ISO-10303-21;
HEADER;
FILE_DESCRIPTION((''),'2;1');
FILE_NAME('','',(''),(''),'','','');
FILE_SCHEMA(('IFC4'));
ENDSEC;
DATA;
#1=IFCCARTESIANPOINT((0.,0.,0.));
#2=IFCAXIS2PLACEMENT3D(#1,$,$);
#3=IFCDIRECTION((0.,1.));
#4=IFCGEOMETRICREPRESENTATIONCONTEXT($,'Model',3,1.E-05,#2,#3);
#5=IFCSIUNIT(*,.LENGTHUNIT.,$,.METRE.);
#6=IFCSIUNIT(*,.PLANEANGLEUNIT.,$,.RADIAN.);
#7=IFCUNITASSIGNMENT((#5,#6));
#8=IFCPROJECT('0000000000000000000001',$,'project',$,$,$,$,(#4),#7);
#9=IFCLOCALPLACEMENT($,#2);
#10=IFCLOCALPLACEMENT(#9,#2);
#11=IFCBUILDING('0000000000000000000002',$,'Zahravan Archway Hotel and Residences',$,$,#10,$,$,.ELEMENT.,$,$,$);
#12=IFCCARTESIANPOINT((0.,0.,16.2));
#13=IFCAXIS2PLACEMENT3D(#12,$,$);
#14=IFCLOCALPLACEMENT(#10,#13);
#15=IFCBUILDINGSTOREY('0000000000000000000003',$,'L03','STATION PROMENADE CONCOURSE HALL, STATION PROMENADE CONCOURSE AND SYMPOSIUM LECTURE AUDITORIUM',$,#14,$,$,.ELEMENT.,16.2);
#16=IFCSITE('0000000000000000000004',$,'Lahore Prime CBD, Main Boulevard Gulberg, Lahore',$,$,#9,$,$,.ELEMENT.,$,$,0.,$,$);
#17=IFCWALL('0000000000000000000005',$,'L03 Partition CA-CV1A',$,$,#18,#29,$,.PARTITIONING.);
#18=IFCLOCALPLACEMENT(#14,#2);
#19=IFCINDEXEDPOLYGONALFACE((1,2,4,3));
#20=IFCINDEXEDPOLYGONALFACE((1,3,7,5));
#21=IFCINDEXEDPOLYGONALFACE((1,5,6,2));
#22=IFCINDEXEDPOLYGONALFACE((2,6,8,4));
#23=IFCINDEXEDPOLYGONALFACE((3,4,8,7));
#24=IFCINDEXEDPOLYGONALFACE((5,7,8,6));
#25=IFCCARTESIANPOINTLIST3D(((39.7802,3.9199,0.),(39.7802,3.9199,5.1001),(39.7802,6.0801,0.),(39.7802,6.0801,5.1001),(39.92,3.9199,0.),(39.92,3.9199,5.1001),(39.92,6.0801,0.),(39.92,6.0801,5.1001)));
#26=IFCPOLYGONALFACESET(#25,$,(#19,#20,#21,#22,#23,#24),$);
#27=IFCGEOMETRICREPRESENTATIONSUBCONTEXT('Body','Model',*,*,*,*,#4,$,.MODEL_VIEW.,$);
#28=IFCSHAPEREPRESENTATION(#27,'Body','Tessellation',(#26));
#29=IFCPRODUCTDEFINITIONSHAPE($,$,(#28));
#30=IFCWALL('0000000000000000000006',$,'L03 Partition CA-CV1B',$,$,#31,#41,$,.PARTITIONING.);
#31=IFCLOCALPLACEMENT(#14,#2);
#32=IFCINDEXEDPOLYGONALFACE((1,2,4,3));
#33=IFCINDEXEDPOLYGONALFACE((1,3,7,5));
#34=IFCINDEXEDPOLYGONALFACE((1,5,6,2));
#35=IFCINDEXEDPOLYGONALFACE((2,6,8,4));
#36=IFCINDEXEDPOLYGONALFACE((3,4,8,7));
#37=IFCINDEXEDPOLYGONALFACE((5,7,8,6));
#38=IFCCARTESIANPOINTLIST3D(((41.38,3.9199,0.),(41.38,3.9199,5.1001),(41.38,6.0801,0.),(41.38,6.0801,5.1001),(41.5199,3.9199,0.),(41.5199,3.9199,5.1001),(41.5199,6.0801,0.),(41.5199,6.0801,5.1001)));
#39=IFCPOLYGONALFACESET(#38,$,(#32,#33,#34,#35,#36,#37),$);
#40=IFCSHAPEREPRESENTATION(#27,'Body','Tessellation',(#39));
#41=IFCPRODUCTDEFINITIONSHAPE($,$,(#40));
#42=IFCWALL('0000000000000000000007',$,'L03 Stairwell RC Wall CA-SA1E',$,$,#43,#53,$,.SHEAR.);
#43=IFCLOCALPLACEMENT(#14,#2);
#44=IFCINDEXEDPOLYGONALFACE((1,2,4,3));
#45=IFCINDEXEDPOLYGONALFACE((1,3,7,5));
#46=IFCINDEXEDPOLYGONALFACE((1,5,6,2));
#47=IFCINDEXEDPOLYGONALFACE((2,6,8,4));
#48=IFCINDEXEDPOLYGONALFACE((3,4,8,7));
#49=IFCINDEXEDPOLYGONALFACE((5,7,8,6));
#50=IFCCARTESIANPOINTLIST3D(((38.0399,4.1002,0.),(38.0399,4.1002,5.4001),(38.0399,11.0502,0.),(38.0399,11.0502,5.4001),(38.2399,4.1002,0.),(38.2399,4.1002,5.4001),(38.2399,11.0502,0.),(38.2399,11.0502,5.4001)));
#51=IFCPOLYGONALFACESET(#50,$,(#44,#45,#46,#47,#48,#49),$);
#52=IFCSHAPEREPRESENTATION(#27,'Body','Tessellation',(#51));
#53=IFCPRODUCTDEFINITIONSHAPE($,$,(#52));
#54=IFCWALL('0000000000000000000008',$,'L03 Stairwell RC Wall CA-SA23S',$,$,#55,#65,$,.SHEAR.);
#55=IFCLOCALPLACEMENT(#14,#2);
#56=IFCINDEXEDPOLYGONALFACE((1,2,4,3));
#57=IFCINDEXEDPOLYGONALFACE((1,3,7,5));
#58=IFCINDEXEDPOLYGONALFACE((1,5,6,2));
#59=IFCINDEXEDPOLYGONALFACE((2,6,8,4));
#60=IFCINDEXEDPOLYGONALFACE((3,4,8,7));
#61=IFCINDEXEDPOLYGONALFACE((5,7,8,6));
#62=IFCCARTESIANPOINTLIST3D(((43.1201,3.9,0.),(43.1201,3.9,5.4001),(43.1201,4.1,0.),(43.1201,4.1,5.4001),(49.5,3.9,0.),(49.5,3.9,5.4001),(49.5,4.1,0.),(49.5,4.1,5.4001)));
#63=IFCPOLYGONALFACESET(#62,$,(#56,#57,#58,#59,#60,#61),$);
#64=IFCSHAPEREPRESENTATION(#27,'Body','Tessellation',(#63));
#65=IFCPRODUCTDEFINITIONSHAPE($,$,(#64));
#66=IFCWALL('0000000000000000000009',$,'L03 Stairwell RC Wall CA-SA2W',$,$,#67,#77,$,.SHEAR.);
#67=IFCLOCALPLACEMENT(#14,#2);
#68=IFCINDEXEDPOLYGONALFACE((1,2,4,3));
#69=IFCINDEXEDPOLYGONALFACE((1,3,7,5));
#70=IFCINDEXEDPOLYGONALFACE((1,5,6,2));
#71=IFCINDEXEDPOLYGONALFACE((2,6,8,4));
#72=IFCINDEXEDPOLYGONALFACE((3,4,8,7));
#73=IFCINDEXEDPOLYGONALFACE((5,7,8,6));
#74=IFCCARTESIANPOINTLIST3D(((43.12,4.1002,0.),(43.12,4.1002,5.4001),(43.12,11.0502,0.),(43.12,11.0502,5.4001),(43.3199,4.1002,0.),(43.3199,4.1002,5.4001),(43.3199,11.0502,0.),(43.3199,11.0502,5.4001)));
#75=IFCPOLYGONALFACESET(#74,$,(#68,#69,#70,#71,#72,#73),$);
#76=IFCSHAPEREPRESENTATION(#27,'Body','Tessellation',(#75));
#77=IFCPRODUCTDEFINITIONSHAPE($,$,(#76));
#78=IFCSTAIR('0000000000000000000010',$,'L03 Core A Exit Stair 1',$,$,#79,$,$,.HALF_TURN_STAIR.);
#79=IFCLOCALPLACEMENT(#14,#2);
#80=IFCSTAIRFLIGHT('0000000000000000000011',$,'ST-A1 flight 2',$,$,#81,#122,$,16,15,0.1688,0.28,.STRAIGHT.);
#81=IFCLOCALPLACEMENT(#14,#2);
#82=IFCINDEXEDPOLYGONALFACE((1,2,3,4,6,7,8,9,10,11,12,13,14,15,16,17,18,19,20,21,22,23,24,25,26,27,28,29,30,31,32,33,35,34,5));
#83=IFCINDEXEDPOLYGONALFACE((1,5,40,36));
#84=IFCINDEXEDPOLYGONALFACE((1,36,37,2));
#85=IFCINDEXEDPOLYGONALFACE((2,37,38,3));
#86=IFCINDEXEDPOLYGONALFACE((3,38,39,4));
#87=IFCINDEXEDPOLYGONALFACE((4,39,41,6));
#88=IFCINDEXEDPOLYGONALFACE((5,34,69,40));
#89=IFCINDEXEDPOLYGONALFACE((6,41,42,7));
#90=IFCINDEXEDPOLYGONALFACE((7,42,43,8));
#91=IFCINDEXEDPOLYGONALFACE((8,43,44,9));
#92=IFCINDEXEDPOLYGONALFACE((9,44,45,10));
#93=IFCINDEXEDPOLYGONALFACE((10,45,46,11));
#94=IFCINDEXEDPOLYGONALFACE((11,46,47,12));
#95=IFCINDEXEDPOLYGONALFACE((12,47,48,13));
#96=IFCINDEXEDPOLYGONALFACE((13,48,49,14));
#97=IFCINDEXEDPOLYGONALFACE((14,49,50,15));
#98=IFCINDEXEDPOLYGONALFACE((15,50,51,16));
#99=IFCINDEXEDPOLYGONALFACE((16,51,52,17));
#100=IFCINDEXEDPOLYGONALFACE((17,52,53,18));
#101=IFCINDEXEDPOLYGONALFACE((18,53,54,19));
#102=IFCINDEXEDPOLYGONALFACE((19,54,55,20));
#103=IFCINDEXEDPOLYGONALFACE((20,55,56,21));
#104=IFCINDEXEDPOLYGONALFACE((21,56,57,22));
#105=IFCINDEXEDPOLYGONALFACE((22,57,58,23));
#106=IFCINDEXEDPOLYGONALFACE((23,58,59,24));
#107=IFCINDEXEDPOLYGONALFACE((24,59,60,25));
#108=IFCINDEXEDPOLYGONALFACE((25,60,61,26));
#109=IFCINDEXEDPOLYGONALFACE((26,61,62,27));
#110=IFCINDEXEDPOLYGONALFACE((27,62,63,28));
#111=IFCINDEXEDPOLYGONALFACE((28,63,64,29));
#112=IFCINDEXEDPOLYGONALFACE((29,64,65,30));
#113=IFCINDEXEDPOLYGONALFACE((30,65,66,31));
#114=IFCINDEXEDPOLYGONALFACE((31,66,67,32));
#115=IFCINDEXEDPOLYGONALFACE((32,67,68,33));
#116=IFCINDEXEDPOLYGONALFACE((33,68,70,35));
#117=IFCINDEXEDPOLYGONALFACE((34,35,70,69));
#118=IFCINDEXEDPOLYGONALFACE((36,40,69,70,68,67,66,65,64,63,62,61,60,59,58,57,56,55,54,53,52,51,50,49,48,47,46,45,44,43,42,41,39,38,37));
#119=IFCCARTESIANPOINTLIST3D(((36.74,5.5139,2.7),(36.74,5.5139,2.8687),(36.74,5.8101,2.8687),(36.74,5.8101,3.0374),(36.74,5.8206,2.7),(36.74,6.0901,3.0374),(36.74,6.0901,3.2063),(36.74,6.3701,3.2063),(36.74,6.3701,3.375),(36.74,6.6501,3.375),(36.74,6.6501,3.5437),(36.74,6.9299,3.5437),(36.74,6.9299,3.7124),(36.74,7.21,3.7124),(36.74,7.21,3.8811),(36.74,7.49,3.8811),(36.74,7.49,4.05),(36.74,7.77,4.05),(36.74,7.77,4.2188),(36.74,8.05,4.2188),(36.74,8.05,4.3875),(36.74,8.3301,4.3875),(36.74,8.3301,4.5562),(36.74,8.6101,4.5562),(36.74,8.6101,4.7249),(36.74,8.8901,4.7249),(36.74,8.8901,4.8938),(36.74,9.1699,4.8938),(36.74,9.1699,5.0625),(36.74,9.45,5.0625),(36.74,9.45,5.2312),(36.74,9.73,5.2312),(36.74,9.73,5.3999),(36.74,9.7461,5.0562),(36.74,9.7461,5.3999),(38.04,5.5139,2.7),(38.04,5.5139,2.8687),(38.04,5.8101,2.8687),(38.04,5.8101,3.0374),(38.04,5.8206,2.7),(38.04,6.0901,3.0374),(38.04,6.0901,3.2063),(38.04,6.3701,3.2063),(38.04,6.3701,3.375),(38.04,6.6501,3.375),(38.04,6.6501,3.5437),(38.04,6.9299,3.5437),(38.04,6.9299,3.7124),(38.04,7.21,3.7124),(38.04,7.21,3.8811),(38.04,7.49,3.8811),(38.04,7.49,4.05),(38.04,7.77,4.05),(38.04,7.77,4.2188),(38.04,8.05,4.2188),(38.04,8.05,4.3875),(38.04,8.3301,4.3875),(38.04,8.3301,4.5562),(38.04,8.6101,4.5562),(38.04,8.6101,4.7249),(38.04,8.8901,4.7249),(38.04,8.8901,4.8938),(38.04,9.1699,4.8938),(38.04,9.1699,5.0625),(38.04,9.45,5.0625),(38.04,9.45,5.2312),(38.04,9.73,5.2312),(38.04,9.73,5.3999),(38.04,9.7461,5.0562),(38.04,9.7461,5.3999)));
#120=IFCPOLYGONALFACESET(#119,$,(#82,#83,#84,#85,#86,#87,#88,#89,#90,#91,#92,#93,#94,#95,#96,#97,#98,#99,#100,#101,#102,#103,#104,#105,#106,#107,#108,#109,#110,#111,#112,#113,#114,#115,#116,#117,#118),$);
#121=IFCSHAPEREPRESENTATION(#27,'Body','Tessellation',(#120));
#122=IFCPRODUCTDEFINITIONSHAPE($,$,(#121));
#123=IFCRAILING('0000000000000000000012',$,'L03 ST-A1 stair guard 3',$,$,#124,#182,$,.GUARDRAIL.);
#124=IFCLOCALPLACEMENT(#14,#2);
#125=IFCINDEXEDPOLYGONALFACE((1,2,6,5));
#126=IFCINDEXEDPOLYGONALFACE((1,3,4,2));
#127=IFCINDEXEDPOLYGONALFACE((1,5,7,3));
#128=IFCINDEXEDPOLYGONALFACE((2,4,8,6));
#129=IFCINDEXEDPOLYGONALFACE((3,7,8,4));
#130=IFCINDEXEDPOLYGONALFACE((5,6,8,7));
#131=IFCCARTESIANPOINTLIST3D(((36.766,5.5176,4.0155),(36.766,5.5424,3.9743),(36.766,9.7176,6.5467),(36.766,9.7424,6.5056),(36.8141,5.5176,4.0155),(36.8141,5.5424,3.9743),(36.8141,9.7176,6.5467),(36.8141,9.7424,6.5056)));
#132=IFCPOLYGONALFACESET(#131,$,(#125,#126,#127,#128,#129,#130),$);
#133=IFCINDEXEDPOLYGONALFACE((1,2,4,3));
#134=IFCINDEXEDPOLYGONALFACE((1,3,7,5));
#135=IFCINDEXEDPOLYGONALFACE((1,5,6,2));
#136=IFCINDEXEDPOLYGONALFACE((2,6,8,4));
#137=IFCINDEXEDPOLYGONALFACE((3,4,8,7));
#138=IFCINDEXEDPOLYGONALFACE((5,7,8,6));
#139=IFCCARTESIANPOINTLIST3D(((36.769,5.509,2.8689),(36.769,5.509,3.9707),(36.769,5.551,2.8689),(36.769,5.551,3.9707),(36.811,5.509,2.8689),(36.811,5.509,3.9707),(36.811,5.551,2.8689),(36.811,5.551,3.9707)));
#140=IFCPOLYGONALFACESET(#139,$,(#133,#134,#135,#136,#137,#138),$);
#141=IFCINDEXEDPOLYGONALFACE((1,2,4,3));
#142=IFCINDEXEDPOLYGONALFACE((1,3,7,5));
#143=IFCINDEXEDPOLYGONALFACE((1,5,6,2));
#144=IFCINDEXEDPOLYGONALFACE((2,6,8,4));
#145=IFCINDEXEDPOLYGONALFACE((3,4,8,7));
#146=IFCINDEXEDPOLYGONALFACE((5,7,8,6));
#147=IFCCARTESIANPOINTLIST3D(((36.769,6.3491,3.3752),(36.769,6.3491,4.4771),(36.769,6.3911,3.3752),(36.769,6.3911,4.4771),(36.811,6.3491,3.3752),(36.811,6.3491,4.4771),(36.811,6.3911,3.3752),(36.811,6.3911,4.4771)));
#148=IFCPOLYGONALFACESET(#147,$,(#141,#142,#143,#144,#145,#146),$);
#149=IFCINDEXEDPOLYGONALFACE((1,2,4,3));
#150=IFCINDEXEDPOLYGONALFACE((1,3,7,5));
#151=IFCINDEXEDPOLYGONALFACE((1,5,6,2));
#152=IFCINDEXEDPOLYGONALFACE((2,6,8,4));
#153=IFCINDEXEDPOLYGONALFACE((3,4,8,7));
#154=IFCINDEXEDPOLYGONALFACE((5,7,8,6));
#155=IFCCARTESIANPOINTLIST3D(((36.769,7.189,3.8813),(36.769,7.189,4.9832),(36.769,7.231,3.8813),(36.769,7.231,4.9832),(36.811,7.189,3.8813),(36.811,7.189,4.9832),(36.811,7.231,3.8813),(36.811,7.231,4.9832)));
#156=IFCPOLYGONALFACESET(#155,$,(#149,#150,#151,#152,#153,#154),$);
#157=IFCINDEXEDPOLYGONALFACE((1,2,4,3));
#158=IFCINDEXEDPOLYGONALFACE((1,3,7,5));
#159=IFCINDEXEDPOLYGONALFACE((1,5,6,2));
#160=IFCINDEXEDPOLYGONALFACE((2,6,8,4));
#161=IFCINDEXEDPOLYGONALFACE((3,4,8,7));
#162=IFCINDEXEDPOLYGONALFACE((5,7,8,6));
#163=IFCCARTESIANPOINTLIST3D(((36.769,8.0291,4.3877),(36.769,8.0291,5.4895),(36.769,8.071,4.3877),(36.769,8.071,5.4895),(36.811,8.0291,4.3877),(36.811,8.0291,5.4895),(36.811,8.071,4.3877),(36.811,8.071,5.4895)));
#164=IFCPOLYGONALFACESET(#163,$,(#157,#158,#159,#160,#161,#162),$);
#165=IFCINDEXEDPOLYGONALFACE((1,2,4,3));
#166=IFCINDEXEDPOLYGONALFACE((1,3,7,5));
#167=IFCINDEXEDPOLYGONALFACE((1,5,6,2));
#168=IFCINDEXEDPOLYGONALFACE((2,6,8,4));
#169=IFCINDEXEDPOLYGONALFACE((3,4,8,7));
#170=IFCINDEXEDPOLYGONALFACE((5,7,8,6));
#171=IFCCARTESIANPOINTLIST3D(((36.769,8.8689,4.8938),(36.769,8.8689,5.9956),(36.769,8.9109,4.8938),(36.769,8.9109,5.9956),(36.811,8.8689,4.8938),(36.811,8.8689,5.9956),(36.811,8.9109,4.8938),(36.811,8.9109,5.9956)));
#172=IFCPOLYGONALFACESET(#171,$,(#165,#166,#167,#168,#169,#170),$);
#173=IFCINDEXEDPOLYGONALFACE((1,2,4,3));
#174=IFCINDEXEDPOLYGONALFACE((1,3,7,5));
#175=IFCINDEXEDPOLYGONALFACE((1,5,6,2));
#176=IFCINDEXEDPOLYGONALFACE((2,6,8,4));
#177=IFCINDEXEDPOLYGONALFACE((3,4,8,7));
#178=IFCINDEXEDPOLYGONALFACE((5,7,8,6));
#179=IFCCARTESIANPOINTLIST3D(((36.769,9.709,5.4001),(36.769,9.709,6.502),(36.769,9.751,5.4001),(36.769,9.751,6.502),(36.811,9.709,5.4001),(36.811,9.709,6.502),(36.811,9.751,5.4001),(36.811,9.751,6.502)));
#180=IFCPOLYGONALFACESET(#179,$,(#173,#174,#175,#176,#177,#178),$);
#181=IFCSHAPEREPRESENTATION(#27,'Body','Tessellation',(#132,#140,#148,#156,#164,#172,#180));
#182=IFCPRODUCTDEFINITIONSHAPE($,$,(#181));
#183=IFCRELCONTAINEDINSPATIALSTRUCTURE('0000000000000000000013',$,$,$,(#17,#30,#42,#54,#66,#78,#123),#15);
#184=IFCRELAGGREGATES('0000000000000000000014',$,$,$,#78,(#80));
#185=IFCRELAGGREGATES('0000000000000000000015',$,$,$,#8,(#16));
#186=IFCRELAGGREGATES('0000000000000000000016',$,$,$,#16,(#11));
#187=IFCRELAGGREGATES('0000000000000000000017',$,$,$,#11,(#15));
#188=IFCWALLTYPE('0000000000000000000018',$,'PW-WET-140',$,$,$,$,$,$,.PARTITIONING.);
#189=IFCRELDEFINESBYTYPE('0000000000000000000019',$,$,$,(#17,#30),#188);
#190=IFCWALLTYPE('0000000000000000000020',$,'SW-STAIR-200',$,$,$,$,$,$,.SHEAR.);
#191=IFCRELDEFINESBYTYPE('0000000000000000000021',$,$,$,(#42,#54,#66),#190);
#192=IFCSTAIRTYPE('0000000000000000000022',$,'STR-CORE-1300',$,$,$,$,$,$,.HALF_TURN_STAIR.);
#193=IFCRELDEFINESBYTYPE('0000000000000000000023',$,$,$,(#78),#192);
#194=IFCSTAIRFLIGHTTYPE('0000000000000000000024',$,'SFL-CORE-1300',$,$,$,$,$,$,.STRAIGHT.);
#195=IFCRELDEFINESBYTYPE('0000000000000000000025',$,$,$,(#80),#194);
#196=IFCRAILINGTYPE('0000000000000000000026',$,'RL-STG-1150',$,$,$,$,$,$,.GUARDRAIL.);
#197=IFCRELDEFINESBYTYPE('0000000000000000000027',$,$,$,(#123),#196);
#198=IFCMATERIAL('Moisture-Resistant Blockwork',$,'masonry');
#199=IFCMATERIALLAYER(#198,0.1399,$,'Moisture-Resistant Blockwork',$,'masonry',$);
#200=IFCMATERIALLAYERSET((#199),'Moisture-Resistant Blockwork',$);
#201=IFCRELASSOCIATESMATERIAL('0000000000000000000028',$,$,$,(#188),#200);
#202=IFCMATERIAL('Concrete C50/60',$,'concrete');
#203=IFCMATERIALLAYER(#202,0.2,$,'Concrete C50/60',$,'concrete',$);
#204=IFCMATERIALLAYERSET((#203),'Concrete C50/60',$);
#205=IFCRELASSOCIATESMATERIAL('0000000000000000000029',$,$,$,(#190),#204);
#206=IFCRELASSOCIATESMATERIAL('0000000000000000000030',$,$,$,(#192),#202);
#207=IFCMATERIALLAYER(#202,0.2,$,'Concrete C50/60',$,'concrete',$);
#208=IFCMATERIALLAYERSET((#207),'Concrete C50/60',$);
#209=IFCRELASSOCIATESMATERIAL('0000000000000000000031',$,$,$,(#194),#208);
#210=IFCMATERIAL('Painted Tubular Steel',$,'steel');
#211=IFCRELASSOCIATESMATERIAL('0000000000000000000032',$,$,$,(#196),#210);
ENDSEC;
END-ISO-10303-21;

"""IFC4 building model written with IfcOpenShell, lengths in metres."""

from ifc_helpers import new_model, si_unit, direction, frame, frame_2d, origin, origin_2d, place, context, subcontext, project, spatial, polyline, rectangle, outline, extrude, source, transform, mapped, material, layer, layer_set, type_object, element, aggregate, save


model = new_model("IFC4")

# Units and contexts
model_context = context("Model", 3, precision=1e-05, world=origin(), true_north=direction((0.0, 1.0)))
body_context = subcontext(model_context, "Body", "Model", "MODEL_VIEW")
ifc_project = project(units=[si_unit("LENGTHUNIT", "METRE"), si_unit("PLANEANGLEUNIT", "RADIAN")], contexts=[model_context])

# Site, building, storey
site_placement = place(None, origin())
site = spatial("IfcSite", under=ifc_project, at=site_placement, Name="Lahore Prime CBD, Main Boulevard Gulberg, Lahore", CompositionType="ELEMENT", RefElevation=0.0)
building_placement = place(site_placement, origin())
building = spatial("IfcBuilding", under=site, at=building_placement, Name="Zahravan Archway Hotel and Residences", CompositionType="ELEMENT")
storey_placement = place(building_placement, frame((0.0, 0.0, 16.2)))
storey = spatial("IfcBuildingStorey", under=building, at=storey_placement, Name="L03", Description="STATION PROMENADE CONCOURSE HALL, STATION PROMENADE CONCOURSE AND SYMPOSIUM LECTURE AUDITORIUM", CompositionType="ELEMENT", Elevation=16.2)

# Walls
ifc_material_1 = material(Name="Moisture-Resistant Blockwork", Category="masonry")
ifc_layer_1 = layer(ifc_material_1, 0.1399, Name="Moisture-Resistant Blockwork", Category="masonry")
ifc_layer_set_1 = layer_set([ifc_layer_1], Name="Moisture-Resistant Blockwork")
wall_type_1 = type_object("IfcWallType", Name="PW-WET-140", PredefinedType="PARTITIONING", material=ifc_layer_set_1)
for number, where, z_axis, x_axis, name in (
    (1, (39.8501, 3.9199, 0.0), (0.0, 0.0, 1.0), (0.0, 1.0, 0.0), "L03 Partition CA-CV1A"),
    (2, (41.45, 3.9199, 0.0), (0.0, 0.0, 1.0), (0.0, 1.0, 0.0), "L03 Partition CA-CV1B"),
):
    element("IfcWall", number, at=place(storey_placement, frame(where, z_axis=z_axis, x_axis=x_axis)), inside=storey, type_object=wall_type_1, Name=name, PredefinedType="PARTITIONING", context=body_context, shape_type="SweptSolid", body=[
        extrude(rectangle(XDim=2.1602, YDim=0.1399, at=frame_2d((1.0801, 0.0))), origin(), (0.0, 0.0, 1.0), 5.1001),
    ])
ifc_material_2 = material(Name="Concrete C50/60", Category="concrete")
ifc_layer_2 = layer(ifc_material_2, 0.2, Name="Concrete C50/60", Category="concrete")
ifc_layer_set_2 = layer_set([ifc_layer_2], Name="Concrete C50/60")
wall_type_2 = type_object("IfcWallType", Name="SW-STAIR-200", PredefinedType="SHEAR", material=ifc_layer_set_2)
wall_1_placement = place(storey_placement, frame((38.1399, 4.1001, 0.0), z_axis=(0.0, 0.0, 1.0), x_axis=(0.0, 1.0, 0.0)))
element("IfcWall", 3, at=wall_1_placement, inside=storey, type_object=wall_type_2, Name="L03 Stairwell RC Wall CA-SA1E", PredefinedType="SHEAR", context=body_context, shape_type="SweptSolid", body=[
    extrude(rectangle(XDim=6.95, YDim=0.2, at=frame_2d((3.4751, 0.0))), origin(), (0.0, 0.0, 1.0), 5.4001),
])
wall_2_placement = place(storey_placement, frame((43.1201, 4.0, 0.0), z_axis=(0.0, 0.0, 1.0), x_axis=(1.0, 0.0, 0.0)))
element("IfcWall", 4, at=wall_2_placement, inside=storey, type_object=wall_type_2, Name="L03 Stairwell RC Wall CA-SA23S", PredefinedType="SHEAR", context=body_context, shape_type="SweptSolid", body=[
    extrude(rectangle(XDim=6.3799, YDim=0.2, at=frame_2d((3.1899, 0.0))), origin(), (0.0, 0.0, 1.0), 5.4001),
])
wall_3_placement = place(storey_placement, frame((43.22, 4.1001, 0.0), z_axis=(0.0, 0.0, 1.0), x_axis=(0.0, 1.0, 0.0)))
element("IfcWall", 5, at=wall_3_placement, inside=storey, type_object=wall_type_2, Name="L03 Stairwell RC Wall CA-SA2W", PredefinedType="SHEAR", context=body_context, shape_type="SweptSolid", body=[
    extrude(rectangle(XDim=6.95, YDim=0.2, at=frame_2d((3.4751, 0.0))), origin(), (0.0, 0.0, 1.0), 5.4001),
])

# Stair, stair flight
stair_type = type_object("IfcStairType", Name="STR-CORE-1300", PredefinedType="HALF_TURN_STAIR", material=ifc_material_2)
stair_placement = place(storey_placement, origin())
stair = element("IfcStair", 6, at=stair_placement, inside=storey, type_object=stair_type, Name="L03 Core A Exit Stair 1", PredefinedType="HALF_TURN_STAIR")
ifc_layer_3 = layer(ifc_material_2, 0.2, Name="Concrete C50/60", Category="concrete")
ifc_layer_set_3 = layer_set([ifc_layer_3], Name="Concrete C50/60")
stair_flight_type = type_object("IfcStairFlightType", Name="SFL-CORE-1300", PredefinedType="STRAIGHT", material=ifc_layer_set_3)
shared_shape_1 = source(origin(), body_context, "Body", "SweptSolid", [
    extrude(outline(polyline([(-0.0161, 0.0), (-0.0161, 0.1687), (0.28, 0.1687), (0.28, 0.3374), (0.5601, 0.3374), (0.5601, 0.5063), (0.8401, 0.5063), (0.8401, 0.675), (1.1201, 0.675), (1.1201, 0.8438), (1.3999, 0.8438), (1.3999, 1.0125), (1.6799, 1.0125), (1.6799, 1.1812), (1.96, 1.1812), (1.96, 1.3501), (2.24, 1.3501), (2.24, 1.5188), (2.52, 1.5188), (2.52, 1.6875), (2.8, 1.6875), (2.8, 1.8562), (3.0801, 1.8562), (3.0801, 2.0249), (3.3601, 2.0249), (3.3601, 2.1938), (3.6399, 2.1938), (3.6399, 2.3625), (3.9199, 2.3625), (3.9199, 2.5312), (4.2, 2.5312), (4.2, 2.7), (4.2161, 2.7), (4.2161, 2.3562), (0.2905, 0.0), (-0.0161, 0.0)])), frame((0.0, 0.6499, 0.0), z_axis=(0.0, -1.0, 0.0), x_axis=(1.0, 0.0, 0.0)), (0.0, 0.0, 1.0), 1.3),
])
stair_flight_placement = place(storey_placement, frame((37.3899, 5.53, 2.7), z_axis=(0.0, 0.0, 1.0), x_axis=(0.0, 1.0, 0.0)))
stair_flight = element("IfcStairFlight", 7, at=stair_flight_placement, type_object=stair_flight_type, Name="ST-A1 flight 2", NumberOfRisers=16, NumberOfTreads=15, PredefinedType="STRAIGHT", RiserHeight=0.1688, TreadLength=0.28, context=body_context, shape_type="MappedRepresentation", body=[
    mapped(shared_shape_1, transform((0.0, 0.0, 0.0), scale=1.0)),
])
aggregate(stair, [stair_flight])

# Railing
ifc_material_3 = material(Name="Painted Tubular Steel", Category="steel")
railing_type_1 = type_object("IfcRailingType", Name="RL-STG-1150", PredefinedType="GUARDRAIL", material=ifc_material_3)
railing_1_placement = place(storey_placement, frame((36.79, 5.53, 2.8689)))
element("IfcRailing", 8, at=railing_1_placement, inside=storey, type_object=railing_type_1, Name="L03 ST-A1 stair guard 3", PredefinedType="GUARDRAIL", context=body_context, shape_type="SweptSolid", body=[
    extrude(rectangle(XDim=0.0481, YDim=0.0481, at=origin_2d()), frame((0.0, 0.0, 1.126), z_axis=(0.0, 0.856476, 0.516186), x_axis=(-1.0, 0.0, 0.0)), (0.0, 0.0, 1.0), 4.9038),
    extrude(rectangle(XDim=0.042, YDim=0.042, at=origin_2d()), origin(), (0.0, 0.0, 1.0), 1.1018),
    extrude(rectangle(XDim=0.042, YDim=0.042, at=origin_2d()), frame((0.0, 0.8401, 0.5063)), (0.0, 0.0, 1.0), 1.1018),
    extrude(rectangle(XDim=0.042, YDim=0.042, at=origin_2d()), frame((0.0, 1.6799, 1.0125)), (0.0, 0.0, 1.0), 1.1018),
    extrude(rectangle(XDim=0.042, YDim=0.042, at=origin_2d()), frame((0.0, 2.52, 1.5188)), (0.0, 0.0, 1.0), 1.1018),
    extrude(rectangle(XDim=0.042, YDim=0.042, at=origin_2d()), frame((0.0, 3.3599, 2.0249)), (0.0, 0.0, 1.0), 1.1018),
    extrude(rectangle(XDim=0.042, YDim=0.042, at=origin_2d()), frame((0.0, 4.2, 2.5312)), (0.0, 0.0, 1.0), 1.1018),
])

save(model, "model.ifc")
